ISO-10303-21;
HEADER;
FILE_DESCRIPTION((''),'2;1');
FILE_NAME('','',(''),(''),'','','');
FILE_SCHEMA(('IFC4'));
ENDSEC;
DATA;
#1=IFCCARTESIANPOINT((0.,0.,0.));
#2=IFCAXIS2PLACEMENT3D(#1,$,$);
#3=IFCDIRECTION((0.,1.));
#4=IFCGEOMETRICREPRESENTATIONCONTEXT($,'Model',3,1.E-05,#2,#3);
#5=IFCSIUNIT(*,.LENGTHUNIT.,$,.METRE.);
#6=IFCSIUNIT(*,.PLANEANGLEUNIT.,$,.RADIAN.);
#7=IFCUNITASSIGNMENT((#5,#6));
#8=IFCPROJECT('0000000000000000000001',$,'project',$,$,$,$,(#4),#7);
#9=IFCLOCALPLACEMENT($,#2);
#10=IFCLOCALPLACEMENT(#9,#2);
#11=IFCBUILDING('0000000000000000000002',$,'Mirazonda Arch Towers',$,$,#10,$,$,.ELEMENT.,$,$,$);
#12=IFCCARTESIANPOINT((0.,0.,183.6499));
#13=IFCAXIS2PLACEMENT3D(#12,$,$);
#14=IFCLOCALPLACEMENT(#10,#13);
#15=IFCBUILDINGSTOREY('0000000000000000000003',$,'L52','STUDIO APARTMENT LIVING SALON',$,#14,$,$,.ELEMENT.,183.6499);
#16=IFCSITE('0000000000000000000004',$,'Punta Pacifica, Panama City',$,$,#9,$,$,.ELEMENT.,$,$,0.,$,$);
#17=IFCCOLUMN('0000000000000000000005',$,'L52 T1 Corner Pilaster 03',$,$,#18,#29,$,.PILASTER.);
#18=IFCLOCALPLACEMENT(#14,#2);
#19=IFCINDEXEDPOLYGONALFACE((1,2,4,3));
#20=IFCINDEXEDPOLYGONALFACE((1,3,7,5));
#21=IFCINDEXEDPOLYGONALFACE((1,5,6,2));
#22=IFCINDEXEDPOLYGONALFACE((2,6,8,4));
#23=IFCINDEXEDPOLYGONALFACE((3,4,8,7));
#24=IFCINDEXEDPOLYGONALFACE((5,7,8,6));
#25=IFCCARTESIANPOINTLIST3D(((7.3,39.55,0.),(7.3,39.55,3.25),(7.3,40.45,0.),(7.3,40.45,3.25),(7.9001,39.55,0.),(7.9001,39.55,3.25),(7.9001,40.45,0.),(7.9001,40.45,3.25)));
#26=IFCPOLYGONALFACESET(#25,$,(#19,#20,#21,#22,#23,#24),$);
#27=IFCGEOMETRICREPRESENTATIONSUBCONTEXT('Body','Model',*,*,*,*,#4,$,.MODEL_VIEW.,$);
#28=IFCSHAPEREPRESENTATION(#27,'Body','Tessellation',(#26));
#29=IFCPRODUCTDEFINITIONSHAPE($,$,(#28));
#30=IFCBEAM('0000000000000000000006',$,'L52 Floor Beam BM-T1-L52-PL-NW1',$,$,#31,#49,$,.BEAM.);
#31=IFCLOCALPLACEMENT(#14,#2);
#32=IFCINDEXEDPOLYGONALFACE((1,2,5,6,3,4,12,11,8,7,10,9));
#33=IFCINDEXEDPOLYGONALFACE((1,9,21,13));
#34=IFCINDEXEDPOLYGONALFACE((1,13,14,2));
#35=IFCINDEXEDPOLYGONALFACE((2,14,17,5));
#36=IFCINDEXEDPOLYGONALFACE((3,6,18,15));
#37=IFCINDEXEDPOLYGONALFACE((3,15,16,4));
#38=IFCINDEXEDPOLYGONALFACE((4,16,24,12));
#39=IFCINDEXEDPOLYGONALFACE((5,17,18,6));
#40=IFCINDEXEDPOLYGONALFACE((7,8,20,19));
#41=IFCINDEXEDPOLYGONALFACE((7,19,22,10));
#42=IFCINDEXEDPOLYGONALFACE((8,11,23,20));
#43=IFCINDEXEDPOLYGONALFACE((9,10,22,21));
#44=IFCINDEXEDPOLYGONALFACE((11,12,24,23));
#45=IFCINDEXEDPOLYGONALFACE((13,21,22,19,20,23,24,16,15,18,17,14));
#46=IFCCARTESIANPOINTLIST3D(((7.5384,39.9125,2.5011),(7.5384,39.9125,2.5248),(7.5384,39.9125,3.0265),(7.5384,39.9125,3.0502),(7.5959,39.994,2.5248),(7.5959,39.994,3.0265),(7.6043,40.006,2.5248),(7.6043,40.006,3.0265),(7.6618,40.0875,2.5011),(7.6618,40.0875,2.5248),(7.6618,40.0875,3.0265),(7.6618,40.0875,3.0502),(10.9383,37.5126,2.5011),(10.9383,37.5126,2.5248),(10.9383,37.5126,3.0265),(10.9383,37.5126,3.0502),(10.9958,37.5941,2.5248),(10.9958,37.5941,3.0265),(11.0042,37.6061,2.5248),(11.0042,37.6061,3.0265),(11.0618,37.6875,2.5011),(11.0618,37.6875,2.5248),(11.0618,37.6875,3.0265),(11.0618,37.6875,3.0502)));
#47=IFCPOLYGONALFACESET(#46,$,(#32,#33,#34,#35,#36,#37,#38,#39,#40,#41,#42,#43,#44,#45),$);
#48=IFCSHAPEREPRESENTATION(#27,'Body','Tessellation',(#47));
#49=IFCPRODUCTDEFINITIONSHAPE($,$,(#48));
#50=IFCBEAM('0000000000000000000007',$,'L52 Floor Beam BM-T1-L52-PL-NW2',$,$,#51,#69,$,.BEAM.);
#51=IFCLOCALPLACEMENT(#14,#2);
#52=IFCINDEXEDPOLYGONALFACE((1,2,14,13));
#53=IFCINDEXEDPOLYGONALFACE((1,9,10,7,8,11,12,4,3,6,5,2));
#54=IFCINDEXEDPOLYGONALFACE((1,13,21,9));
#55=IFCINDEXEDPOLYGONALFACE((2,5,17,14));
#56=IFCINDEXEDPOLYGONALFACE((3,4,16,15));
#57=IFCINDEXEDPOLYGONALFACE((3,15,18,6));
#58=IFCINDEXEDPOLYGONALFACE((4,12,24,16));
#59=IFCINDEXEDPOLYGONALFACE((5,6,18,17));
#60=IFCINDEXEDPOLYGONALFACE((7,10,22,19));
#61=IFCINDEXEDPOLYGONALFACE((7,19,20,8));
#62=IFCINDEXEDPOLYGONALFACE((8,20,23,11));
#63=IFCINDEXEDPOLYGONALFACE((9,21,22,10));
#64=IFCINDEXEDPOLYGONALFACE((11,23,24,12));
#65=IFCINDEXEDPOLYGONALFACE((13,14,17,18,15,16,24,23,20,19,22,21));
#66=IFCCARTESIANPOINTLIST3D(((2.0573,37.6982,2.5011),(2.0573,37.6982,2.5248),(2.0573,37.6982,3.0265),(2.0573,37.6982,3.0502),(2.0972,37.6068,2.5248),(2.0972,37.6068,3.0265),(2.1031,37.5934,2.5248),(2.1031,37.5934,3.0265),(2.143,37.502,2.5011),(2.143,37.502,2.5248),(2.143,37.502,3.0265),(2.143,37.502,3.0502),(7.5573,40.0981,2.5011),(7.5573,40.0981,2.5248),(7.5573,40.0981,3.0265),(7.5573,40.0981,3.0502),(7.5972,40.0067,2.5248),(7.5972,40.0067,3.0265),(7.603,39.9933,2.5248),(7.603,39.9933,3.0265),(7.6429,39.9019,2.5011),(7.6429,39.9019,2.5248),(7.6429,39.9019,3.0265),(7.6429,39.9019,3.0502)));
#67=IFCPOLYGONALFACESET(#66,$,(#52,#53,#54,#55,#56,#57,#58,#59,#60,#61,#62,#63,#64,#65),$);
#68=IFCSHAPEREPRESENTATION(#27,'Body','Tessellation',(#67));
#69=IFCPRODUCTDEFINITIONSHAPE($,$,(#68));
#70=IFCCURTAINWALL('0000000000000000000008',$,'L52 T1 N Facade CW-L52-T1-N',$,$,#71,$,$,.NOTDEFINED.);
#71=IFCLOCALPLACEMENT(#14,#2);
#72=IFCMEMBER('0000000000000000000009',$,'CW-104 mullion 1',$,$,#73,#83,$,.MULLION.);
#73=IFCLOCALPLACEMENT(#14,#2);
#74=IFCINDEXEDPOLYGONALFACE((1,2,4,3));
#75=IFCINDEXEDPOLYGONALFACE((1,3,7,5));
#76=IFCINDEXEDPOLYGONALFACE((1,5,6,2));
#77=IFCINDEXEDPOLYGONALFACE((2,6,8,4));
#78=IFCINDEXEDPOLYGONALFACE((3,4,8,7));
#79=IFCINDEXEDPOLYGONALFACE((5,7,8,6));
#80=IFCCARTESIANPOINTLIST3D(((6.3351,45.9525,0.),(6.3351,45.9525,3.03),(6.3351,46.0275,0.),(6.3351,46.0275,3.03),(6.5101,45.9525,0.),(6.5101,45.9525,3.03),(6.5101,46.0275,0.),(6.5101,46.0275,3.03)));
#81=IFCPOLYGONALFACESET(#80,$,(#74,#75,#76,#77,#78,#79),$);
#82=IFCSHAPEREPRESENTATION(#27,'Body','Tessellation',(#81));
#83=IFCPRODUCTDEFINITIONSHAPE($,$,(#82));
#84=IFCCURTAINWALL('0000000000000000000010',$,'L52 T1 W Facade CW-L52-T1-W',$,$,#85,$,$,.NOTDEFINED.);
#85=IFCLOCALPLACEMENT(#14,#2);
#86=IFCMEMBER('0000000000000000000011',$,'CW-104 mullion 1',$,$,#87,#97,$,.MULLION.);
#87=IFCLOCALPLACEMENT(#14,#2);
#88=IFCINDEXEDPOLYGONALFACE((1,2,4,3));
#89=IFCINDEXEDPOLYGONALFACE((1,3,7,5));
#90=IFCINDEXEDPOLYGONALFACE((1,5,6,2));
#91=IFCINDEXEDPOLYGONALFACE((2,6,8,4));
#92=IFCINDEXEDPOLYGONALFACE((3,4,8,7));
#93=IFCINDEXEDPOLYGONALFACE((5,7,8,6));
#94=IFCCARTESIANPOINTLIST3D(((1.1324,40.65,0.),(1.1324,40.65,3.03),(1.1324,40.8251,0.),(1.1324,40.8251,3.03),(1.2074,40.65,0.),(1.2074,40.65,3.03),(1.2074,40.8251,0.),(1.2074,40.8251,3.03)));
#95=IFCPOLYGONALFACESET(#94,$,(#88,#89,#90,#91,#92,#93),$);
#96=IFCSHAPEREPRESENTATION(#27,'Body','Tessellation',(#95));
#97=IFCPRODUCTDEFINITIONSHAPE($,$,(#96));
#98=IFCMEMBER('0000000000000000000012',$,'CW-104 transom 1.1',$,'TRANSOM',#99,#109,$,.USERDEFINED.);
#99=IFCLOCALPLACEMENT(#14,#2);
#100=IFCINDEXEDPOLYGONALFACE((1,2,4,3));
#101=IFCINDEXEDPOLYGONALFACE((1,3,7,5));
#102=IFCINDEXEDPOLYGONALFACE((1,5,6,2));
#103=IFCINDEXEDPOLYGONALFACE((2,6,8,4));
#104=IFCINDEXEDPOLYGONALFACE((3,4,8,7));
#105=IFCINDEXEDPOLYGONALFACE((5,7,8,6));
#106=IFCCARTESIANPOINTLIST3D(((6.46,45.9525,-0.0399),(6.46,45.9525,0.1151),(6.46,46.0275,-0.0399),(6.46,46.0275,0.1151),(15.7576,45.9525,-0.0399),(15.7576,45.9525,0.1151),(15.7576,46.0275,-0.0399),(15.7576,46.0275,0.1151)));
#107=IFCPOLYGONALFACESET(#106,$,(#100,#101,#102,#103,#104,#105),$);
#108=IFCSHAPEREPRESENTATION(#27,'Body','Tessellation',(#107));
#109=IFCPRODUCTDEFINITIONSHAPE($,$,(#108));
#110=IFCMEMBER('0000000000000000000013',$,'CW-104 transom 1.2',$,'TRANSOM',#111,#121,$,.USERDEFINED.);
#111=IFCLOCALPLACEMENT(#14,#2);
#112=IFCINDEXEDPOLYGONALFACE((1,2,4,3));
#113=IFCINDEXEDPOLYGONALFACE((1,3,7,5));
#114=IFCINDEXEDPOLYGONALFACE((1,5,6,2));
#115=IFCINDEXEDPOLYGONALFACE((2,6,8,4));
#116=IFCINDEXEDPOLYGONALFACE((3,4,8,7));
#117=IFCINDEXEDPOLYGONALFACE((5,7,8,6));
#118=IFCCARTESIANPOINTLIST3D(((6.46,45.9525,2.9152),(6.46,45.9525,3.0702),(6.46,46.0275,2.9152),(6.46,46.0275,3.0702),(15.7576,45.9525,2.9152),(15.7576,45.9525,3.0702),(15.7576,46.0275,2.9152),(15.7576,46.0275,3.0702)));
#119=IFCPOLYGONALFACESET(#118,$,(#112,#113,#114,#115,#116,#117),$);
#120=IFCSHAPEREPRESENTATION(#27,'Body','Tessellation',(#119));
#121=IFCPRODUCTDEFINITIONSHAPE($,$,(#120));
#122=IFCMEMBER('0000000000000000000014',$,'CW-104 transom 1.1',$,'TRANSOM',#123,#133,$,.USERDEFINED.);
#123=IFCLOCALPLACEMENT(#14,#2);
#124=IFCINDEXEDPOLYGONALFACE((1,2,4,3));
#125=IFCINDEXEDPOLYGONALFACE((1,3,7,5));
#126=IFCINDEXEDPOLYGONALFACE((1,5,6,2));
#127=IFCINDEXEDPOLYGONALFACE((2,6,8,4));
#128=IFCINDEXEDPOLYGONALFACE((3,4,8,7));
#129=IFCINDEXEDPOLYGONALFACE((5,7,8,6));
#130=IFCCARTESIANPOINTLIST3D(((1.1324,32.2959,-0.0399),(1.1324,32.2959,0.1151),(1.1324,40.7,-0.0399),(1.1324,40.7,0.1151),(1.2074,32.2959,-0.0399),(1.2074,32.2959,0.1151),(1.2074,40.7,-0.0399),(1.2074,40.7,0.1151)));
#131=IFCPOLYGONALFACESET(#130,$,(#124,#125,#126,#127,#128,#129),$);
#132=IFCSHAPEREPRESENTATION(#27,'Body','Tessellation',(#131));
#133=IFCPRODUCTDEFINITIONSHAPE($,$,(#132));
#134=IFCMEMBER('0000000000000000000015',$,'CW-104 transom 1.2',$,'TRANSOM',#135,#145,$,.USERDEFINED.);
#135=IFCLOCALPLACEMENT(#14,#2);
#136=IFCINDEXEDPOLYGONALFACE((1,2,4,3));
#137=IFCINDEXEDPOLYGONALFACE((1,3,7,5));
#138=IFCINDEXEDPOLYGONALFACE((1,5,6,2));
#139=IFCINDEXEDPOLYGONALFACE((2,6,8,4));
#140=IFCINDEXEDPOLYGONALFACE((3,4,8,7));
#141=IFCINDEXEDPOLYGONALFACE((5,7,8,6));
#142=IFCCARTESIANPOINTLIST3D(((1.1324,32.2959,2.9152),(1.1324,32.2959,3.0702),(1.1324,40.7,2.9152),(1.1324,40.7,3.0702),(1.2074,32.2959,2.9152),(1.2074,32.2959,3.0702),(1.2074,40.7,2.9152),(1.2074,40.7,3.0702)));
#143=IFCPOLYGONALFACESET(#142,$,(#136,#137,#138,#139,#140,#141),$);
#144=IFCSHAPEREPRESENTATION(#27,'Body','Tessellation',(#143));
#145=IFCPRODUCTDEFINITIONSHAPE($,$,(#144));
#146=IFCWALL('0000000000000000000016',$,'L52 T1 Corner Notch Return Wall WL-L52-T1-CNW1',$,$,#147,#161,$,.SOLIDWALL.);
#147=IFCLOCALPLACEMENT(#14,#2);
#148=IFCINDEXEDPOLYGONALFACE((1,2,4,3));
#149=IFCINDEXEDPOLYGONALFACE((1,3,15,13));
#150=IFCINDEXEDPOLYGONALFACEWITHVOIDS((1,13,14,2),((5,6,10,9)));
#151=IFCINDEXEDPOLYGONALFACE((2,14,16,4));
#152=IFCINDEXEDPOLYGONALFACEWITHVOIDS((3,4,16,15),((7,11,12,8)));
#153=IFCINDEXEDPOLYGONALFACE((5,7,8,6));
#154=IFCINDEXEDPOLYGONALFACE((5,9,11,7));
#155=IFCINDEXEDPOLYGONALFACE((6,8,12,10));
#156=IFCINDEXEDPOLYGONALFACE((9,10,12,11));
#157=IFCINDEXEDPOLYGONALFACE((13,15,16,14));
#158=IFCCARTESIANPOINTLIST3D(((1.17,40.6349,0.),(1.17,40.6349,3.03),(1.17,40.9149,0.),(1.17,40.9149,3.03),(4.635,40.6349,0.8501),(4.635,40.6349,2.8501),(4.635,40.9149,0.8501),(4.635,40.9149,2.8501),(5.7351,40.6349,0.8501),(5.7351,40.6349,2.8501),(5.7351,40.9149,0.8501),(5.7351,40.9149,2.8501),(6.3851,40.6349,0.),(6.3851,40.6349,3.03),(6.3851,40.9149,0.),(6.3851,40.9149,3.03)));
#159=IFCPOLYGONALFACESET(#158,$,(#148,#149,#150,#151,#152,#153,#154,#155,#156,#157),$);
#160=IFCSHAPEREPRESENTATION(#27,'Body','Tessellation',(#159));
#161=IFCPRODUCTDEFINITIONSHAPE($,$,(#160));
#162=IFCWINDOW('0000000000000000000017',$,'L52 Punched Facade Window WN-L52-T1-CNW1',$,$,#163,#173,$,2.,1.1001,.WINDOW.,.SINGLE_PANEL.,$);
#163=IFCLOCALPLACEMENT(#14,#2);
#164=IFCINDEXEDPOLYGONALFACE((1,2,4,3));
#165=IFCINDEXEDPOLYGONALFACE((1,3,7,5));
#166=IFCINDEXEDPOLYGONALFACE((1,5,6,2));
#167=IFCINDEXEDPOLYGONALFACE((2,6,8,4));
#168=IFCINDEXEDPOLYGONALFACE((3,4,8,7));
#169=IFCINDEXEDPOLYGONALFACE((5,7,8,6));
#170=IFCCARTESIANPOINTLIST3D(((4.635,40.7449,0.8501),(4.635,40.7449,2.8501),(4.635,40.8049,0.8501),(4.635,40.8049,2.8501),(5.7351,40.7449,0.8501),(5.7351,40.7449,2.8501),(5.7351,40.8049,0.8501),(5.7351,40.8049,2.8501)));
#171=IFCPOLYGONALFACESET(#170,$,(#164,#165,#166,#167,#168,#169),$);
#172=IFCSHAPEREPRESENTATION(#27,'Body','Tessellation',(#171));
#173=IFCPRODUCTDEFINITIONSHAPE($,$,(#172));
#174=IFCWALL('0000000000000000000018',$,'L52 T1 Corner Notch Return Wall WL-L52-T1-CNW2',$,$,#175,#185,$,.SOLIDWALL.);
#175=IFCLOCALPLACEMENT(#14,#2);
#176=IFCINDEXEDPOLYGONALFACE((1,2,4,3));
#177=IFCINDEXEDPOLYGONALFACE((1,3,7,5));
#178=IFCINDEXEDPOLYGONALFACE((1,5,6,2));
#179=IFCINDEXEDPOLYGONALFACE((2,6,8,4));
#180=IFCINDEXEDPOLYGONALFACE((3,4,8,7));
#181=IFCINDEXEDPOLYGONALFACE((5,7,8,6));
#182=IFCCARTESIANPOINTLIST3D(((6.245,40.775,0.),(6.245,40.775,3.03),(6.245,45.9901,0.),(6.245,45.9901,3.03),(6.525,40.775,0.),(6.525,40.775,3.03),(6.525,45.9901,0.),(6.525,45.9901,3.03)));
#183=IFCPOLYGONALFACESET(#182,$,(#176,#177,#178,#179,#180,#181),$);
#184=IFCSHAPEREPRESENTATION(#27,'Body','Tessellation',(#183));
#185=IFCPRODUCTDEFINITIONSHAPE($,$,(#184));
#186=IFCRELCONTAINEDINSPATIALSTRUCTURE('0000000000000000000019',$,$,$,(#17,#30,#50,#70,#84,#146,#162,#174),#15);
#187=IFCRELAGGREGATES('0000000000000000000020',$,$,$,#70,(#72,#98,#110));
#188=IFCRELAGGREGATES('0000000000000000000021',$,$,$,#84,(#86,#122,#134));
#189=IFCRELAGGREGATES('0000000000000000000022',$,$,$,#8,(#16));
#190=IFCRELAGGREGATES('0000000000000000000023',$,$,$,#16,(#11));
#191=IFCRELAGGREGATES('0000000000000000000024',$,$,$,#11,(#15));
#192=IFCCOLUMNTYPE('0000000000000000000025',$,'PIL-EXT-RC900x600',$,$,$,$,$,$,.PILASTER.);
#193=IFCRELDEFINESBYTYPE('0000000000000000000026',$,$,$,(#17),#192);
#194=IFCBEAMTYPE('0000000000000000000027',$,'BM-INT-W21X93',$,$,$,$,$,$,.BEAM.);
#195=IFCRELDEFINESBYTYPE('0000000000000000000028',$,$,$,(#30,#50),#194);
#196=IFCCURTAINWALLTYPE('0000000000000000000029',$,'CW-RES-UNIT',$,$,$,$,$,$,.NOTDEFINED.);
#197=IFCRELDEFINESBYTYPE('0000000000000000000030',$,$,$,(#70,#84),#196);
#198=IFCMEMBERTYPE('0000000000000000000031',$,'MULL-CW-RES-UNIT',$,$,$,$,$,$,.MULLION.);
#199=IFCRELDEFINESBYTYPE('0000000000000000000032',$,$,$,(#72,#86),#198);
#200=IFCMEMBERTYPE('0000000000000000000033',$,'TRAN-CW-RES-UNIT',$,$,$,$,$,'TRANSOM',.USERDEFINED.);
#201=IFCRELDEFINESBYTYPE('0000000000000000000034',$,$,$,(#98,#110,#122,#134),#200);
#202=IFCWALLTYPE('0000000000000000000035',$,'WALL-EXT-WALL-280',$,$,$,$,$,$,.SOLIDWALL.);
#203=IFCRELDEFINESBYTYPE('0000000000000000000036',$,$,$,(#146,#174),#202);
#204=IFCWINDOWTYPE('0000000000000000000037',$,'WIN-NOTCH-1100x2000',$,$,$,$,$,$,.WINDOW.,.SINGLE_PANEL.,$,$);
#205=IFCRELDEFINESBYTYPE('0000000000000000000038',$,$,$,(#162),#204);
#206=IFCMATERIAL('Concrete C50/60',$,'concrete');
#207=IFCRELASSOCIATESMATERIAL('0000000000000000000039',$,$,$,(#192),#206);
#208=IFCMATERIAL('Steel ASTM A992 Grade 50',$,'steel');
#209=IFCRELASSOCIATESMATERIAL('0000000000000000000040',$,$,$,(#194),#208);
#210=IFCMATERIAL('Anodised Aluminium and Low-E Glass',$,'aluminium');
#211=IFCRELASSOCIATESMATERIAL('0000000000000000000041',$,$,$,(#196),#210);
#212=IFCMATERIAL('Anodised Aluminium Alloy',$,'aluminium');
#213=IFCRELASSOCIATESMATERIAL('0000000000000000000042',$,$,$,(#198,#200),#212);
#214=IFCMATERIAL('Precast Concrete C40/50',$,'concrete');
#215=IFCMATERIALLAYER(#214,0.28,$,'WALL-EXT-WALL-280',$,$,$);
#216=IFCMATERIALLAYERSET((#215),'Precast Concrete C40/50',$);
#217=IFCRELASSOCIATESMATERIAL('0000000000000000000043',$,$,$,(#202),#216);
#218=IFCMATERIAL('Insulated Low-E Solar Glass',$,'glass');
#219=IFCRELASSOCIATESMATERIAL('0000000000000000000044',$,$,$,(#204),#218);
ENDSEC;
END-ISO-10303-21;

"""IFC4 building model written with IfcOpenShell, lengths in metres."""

from ifc_helpers import new_model, si_unit, direction, frame, frame_2d, origin, origin_2d, place, context, subcontext, project, spatial, rectangle, i_section, extrude, material, layer, layer_set, material_profile, profile_set, type_object, element, fill, aggregate, save


model = new_model("IFC4")

# Units and contexts
model_context = context("Model", 3, precision=1e-05, world=origin(), true_north=direction((0.0, 1.0)))
body_context = subcontext(model_context, "Body", "Model", "MODEL_VIEW")
ifc_project = project(units=[si_unit("LENGTHUNIT", "METRE"), si_unit("PLANEANGLEUNIT", "RADIAN")], contexts=[model_context])

# Site, building, storey
site_placement = place(None, origin())
site = spatial("IfcSite", under=ifc_project, at=site_placement, Name="Punta Pacifica, Panama City", CompositionType="ELEMENT", RefElevation=0.0)
building_placement = place(site_placement, origin())
building = spatial("IfcBuilding", under=site, at=building_placement, Name="Mirazonda Arch Towers", CompositionType="ELEMENT")
storey_placement = place(building_placement, frame((0.0, 0.0, 183.6499)))
storey = spatial("IfcBuildingStorey", under=building, at=storey_placement, Name="L52", Description="STUDIO APARTMENT LIVING SALON", CompositionType="ELEMENT", Elevation=183.6499)

# Column
ifc_material_1 = material(Name="Concrete C50/60", Category="concrete")
ifc_material_profile_1 = material_profile(ifc_material_1, rectangle(XDim=0.6001, YDim=0.8999, at=origin_2d()), Name="RC900x600")
ifc_profile_set_1 = profile_set([ifc_material_profile_1], Name="Concrete C50/60")
column_type = type_object("IfcColumnType", Name="PIL-EXT-RC900x600", PredefinedType="PILASTER", material=ifc_profile_set_1)
column_placement = place(storey_placement, frame((7.6001, 40.0, 0.0), z_axis=(0.0, 0.0, 1.0), x_axis=(1.0, 0.0, 0.0)))
element("IfcColumn", 1, at=column_placement, inside=storey, type_object=column_type, Name="L52 T1 Corner Pilaster 03", PredefinedType="PILASTER", context=body_context, shape_type="SweptSolid", body=[
    extrude(rectangle(XDim=0.6001, YDim=0.8999, at=origin_2d()), origin(), (0.0, 0.0, 1.0), 3.25),
])

# Beams
ifc_material_2 = material(Name="Steel ASTM A992 Grade 50", Category="steel")
ifc_material_profile_2 = material_profile(ifc_material_2, i_section(OverallWidth=0.2141, OverallDepth=0.5491, WebThickness=0.0146, FlangeThickness=0.0237, at=origin_2d()), Name="W21X93")
ifc_profile_set_2 = profile_set([ifc_material_profile_2], Name="Steel ASTM A992 Grade 50")
beam_type = type_object("IfcBeamType", Name="BM-INT-W21X93", PredefinedType="BEAM", material=ifc_profile_set_2)
beam_1_placement = place(storey_placement, frame((7.6001, 40.0, 2.7756), z_axis=(0.816971, -0.576679, 0.0), x_axis=(0.576679, 0.816971, 0.0)))
element("IfcBeam", 2, at=beam_1_placement, inside=storey, type_object=beam_type, Name="L52 Floor Beam BM-T1-L52-PL-NW1", PredefinedType="BEAM", context=body_context, shape_type="SweptSolid", body=[
    extrude(i_section(OverallWidth=0.2141, OverallDepth=0.5491, WebThickness=0.0146, FlangeThickness=0.0237, at=origin_2d()), origin(), (0.0, 0.0, 1.0), 4.1616),
])
beam_2_placement = place(storey_placement, frame((7.6001, 40.0, 2.7756), z_axis=(-0.916545, -0.399931, 0.0), x_axis=(0.399931, -0.916545, 0.0)))
element("IfcBeam", 3, at=beam_2_placement, inside=storey, type_object=beam_type, Name="L52 Floor Beam BM-T1-L52-PL-NW2", PredefinedType="BEAM", context=body_context, shape_type="SweptSolid", body=[
    extrude(i_section(OverallWidth=0.2141, OverallDepth=0.5491, WebThickness=0.0146, FlangeThickness=0.0237, at=origin_2d()), origin(), (0.0, 0.0, 1.0), 6.0007),
])

# Curtain walls, members
ifc_material_3 = material(Name="Anodised Aluminium and Low-E Glass", Category="aluminium")
curtain_wall_type = type_object("IfcCurtainWallType", Name="CW-RES-UNIT", PredefinedType="NOTDEFINED", material=ifc_material_3)
curtain_wall_1_placement = place(storey_placement, origin())
curtain_wall_1 = element("IfcCurtainWall", 4, at=curtain_wall_1_placement, inside=storey, type_object=curtain_wall_type, Name="L52 T1 N Facade CW-L52-T1-N", PredefinedType="NOTDEFINED")
ifc_material_4 = material(Name="Anodised Aluminium Alloy", Category="aluminium")
ifc_material_profile_3 = material_profile(ifc_material_4, rectangle(XDim=0.075, YDim=0.175, at=origin_2d()), Name="ALU-MULL-75x175")
ifc_profile_set_3 = profile_set([ifc_material_profile_3], Name="Anodised Aluminium Alloy")
member_type_1 = type_object("IfcMemberType", Name="MULL-CW-RES-UNIT", PredefinedType="MULLION", material=ifc_profile_set_3)
member_1_placement = place(storey_placement, frame((6.4226, 45.99, 0.0), z_axis=(0.0, 0.0, 1.0), x_axis=(0.0, 1.0, 0.0)))
member_1 = element("IfcMember", 5, at=member_1_placement, type_object=member_type_1, Name="CW-104 mullion 1", PredefinedType="MULLION", context=body_context, shape_type="SweptSolid", body=[
    extrude(rectangle(XDim=0.075, YDim=0.175, at=origin_2d()), origin(), (0.0, 0.0, 1.0), 3.03),
])
curtain_wall_2_placement = place(storey_placement, origin())
curtain_wall_2 = element("IfcCurtainWall", 6, at=curtain_wall_2_placement, inside=storey, type_object=curtain_wall_type, Name="L52 T1 W Facade CW-L52-T1-W", PredefinedType="NOTDEFINED")
member_2_placement = place(storey_placement, frame((1.1699, 40.7375, 0.0), z_axis=(0.0, 0.0, 1.0), x_axis=(1.0, 0.0, 0.0)))
member_2 = element("IfcMember", 7, at=member_2_placement, type_object=member_type_1, Name="CW-104 mullion 1", PredefinedType="MULLION", context=body_context, shape_type="SweptSolid", body=[
    extrude(rectangle(XDim=0.075, YDim=0.175, at=origin_2d()), origin(), (0.0, 0.0, 1.0), 3.03),
])

# Members
ifc_material_profile_4 = material_profile(ifc_material_4, rectangle(XDim=0.075, YDim=0.155, at=origin_2d()), Name="ALU-TRAN-75x155")
ifc_profile_set_4 = profile_set([ifc_material_profile_4], Name="Anodised Aluminium Alloy")
member_type_2 = type_object("IfcMemberType", Name="TRAN-CW-RES-UNIT", ElementType="TRANSOM", PredefinedType="USERDEFINED", material=ifc_profile_set_4)
member_3_placement = place(storey_placement, frame((6.46, 45.99, 0.0376), z_axis=(1.0, 0.0, 0.0), x_axis=(0.0, 1.0, 0.0)))
member_3 = element("IfcMember", 8, at=member_3_placement, type_object=member_type_2, Name="CW-104 transom 1.1", ObjectType="TRANSOM", PredefinedType="USERDEFINED", context=body_context, shape_type="SweptSolid", body=[
    extrude(rectangle(XDim=0.075, YDim=0.155, at=origin_2d()), origin(), (0.0, 0.0, 1.0), 9.2976),
])
member_4_placement = place(storey_placement, frame((6.46, 45.99, 2.9927), z_axis=(1.0, 0.0, 0.0), x_axis=(0.0, 1.0, 0.0)))
member_4 = element("IfcMember", 9, at=member_4_placement, type_object=member_type_2, Name="CW-104 transom 1.2", ObjectType="TRANSOM", PredefinedType="USERDEFINED", context=body_context, shape_type="SweptSolid", body=[
    extrude(rectangle(XDim=0.075, YDim=0.155, at=origin_2d()), origin(), (0.0, 0.0, 1.0), 9.2976),
])
aggregate(curtain_wall_1, [member_1, member_3, member_4])
member_5_placement = place(storey_placement, frame((1.1699, 40.7, 0.0376), z_axis=(0.0, -1.0, 0.0), x_axis=(1.0, 0.0, 0.0)))
member_5 = element("IfcMember", 10, at=member_5_placement, type_object=member_type_2, Name="CW-104 transom 1.1", ObjectType="TRANSOM", PredefinedType="USERDEFINED", context=body_context, shape_type="SweptSolid", body=[
    extrude(rectangle(XDim=0.075, YDim=0.155, at=origin_2d()), origin(), (0.0, 0.0, 1.0), 8.4041),
])
member_6_placement = place(storey_placement, frame((1.1699, 40.7, 2.9927), z_axis=(0.0, -1.0, 0.0), x_axis=(1.0, 0.0, 0.0)))
member_6 = element("IfcMember", 11, at=member_6_placement, type_object=member_type_2, Name="CW-104 transom 1.2", ObjectType="TRANSOM", PredefinedType="USERDEFINED", context=body_context, shape_type="SweptSolid", body=[
    extrude(rectangle(XDim=0.075, YDim=0.155, at=origin_2d()), origin(), (0.0, 0.0, 1.0), 8.4041),
])
aggregate(curtain_wall_2, [member_2, member_5, member_6])

# Wall, opening, window
ifc_material_5 = material(Name="Precast Concrete C40/50", Category="concrete")
ifc_layer_1 = layer(ifc_material_5, 0.28, Name="WALL-EXT-WALL-280")
ifc_layer_set_1 = layer_set([ifc_layer_1], Name="Precast Concrete C40/50")
wall_type_1 = type_object("IfcWallType", Name="WALL-EXT-WALL-280", PredefinedType="SOLIDWALL", material=ifc_layer_set_1)
wall_1_placement = place(storey_placement, frame((6.385, 40.7749, 0.0), z_axis=(0.0, 0.0, 1.0), x_axis=(-1.0, 0.0, 0.0)))
wall_1 = element("IfcWall", 12, at=wall_1_placement, inside=storey, type_object=wall_type_1, Name="L52 T1 Corner Notch Return Wall WL-L52-T1-CNW1", PredefinedType="SOLIDWALL", context=body_context, shape_type="SweptSolid", body=[
    extrude(rectangle(XDim=5.2151, YDim=0.28, at=frame_2d((2.6074, 0.0))), origin(), (0.0, 0.0, 1.0), 3.03),
])
opening_1_placement = place(wall_1_placement, frame((0.6499, 0.0, 0.8501)))
opening_1 = element("IfcOpeningElement", 13, at=opening_1_placement, cuts=wall_1, PredefinedType="OPENING", context=body_context, shape_type="SweptSolid", body=[
    extrude(rectangle(XDim=1.1001, YDim=2.0, at=frame_2d((0.55, 1.0))), frame((0.0, 0.1499, 0.0), z_axis=(0.0, -1.0, 0.0), x_axis=(1.0, 0.0, 0.0)), (0.0, 0.0, 1.0), 0.3),
])
ifc_material_6 = material(Name="Insulated Low-E Solar Glass", Category="glass")
window_type = type_object("IfcWindowType", Name="WIN-NOTCH-1100x2000", PartitioningType="SINGLE_PANEL", PredefinedType="WINDOW", material=ifc_material_6)
window_placement = place(opening_1_placement, origin())
window = element("IfcWindow", 14, at=window_placement, inside=storey, type_object=window_type, Name="L52 Punched Facade Window WN-L52-T1-CNW1", OverallHeight=2.0, OverallWidth=1.1001, PartitioningType="SINGLE_PANEL", PredefinedType="WINDOW", context=body_context, shape_type="SweptSolid", body=[
    extrude(rectangle(XDim=1.1001, YDim=2.0, at=frame_2d((0.55, 1.0))), frame((0.0, 0.03, 0.0), z_axis=(0.0, -1.0, 0.0), x_axis=(1.0, 0.0, 0.0)), (0.0, 0.0, 1.0), 0.0601),
])
fill(opening_1, window)

# Wall
wall_2_placement = place(storey_placement, frame((6.385, 45.99, 0.0), z_axis=(0.0, 0.0, 1.0), x_axis=(0.0, -1.0, 0.0)))
element("IfcWall", 15, at=wall_2_placement, inside=storey, type_object=wall_type_1, Name="L52 T1 Corner Notch Return Wall WL-L52-T1-CNW2", PredefinedType="SOLIDWALL", context=body_context, shape_type="SweptSolid", body=[
    extrude(rectangle(XDim=5.2151, YDim=0.28, at=frame_2d((2.6074, 0.0))), origin(), (0.0, 0.0, 1.0), 3.03),
])

save(model, "model.ifc")
